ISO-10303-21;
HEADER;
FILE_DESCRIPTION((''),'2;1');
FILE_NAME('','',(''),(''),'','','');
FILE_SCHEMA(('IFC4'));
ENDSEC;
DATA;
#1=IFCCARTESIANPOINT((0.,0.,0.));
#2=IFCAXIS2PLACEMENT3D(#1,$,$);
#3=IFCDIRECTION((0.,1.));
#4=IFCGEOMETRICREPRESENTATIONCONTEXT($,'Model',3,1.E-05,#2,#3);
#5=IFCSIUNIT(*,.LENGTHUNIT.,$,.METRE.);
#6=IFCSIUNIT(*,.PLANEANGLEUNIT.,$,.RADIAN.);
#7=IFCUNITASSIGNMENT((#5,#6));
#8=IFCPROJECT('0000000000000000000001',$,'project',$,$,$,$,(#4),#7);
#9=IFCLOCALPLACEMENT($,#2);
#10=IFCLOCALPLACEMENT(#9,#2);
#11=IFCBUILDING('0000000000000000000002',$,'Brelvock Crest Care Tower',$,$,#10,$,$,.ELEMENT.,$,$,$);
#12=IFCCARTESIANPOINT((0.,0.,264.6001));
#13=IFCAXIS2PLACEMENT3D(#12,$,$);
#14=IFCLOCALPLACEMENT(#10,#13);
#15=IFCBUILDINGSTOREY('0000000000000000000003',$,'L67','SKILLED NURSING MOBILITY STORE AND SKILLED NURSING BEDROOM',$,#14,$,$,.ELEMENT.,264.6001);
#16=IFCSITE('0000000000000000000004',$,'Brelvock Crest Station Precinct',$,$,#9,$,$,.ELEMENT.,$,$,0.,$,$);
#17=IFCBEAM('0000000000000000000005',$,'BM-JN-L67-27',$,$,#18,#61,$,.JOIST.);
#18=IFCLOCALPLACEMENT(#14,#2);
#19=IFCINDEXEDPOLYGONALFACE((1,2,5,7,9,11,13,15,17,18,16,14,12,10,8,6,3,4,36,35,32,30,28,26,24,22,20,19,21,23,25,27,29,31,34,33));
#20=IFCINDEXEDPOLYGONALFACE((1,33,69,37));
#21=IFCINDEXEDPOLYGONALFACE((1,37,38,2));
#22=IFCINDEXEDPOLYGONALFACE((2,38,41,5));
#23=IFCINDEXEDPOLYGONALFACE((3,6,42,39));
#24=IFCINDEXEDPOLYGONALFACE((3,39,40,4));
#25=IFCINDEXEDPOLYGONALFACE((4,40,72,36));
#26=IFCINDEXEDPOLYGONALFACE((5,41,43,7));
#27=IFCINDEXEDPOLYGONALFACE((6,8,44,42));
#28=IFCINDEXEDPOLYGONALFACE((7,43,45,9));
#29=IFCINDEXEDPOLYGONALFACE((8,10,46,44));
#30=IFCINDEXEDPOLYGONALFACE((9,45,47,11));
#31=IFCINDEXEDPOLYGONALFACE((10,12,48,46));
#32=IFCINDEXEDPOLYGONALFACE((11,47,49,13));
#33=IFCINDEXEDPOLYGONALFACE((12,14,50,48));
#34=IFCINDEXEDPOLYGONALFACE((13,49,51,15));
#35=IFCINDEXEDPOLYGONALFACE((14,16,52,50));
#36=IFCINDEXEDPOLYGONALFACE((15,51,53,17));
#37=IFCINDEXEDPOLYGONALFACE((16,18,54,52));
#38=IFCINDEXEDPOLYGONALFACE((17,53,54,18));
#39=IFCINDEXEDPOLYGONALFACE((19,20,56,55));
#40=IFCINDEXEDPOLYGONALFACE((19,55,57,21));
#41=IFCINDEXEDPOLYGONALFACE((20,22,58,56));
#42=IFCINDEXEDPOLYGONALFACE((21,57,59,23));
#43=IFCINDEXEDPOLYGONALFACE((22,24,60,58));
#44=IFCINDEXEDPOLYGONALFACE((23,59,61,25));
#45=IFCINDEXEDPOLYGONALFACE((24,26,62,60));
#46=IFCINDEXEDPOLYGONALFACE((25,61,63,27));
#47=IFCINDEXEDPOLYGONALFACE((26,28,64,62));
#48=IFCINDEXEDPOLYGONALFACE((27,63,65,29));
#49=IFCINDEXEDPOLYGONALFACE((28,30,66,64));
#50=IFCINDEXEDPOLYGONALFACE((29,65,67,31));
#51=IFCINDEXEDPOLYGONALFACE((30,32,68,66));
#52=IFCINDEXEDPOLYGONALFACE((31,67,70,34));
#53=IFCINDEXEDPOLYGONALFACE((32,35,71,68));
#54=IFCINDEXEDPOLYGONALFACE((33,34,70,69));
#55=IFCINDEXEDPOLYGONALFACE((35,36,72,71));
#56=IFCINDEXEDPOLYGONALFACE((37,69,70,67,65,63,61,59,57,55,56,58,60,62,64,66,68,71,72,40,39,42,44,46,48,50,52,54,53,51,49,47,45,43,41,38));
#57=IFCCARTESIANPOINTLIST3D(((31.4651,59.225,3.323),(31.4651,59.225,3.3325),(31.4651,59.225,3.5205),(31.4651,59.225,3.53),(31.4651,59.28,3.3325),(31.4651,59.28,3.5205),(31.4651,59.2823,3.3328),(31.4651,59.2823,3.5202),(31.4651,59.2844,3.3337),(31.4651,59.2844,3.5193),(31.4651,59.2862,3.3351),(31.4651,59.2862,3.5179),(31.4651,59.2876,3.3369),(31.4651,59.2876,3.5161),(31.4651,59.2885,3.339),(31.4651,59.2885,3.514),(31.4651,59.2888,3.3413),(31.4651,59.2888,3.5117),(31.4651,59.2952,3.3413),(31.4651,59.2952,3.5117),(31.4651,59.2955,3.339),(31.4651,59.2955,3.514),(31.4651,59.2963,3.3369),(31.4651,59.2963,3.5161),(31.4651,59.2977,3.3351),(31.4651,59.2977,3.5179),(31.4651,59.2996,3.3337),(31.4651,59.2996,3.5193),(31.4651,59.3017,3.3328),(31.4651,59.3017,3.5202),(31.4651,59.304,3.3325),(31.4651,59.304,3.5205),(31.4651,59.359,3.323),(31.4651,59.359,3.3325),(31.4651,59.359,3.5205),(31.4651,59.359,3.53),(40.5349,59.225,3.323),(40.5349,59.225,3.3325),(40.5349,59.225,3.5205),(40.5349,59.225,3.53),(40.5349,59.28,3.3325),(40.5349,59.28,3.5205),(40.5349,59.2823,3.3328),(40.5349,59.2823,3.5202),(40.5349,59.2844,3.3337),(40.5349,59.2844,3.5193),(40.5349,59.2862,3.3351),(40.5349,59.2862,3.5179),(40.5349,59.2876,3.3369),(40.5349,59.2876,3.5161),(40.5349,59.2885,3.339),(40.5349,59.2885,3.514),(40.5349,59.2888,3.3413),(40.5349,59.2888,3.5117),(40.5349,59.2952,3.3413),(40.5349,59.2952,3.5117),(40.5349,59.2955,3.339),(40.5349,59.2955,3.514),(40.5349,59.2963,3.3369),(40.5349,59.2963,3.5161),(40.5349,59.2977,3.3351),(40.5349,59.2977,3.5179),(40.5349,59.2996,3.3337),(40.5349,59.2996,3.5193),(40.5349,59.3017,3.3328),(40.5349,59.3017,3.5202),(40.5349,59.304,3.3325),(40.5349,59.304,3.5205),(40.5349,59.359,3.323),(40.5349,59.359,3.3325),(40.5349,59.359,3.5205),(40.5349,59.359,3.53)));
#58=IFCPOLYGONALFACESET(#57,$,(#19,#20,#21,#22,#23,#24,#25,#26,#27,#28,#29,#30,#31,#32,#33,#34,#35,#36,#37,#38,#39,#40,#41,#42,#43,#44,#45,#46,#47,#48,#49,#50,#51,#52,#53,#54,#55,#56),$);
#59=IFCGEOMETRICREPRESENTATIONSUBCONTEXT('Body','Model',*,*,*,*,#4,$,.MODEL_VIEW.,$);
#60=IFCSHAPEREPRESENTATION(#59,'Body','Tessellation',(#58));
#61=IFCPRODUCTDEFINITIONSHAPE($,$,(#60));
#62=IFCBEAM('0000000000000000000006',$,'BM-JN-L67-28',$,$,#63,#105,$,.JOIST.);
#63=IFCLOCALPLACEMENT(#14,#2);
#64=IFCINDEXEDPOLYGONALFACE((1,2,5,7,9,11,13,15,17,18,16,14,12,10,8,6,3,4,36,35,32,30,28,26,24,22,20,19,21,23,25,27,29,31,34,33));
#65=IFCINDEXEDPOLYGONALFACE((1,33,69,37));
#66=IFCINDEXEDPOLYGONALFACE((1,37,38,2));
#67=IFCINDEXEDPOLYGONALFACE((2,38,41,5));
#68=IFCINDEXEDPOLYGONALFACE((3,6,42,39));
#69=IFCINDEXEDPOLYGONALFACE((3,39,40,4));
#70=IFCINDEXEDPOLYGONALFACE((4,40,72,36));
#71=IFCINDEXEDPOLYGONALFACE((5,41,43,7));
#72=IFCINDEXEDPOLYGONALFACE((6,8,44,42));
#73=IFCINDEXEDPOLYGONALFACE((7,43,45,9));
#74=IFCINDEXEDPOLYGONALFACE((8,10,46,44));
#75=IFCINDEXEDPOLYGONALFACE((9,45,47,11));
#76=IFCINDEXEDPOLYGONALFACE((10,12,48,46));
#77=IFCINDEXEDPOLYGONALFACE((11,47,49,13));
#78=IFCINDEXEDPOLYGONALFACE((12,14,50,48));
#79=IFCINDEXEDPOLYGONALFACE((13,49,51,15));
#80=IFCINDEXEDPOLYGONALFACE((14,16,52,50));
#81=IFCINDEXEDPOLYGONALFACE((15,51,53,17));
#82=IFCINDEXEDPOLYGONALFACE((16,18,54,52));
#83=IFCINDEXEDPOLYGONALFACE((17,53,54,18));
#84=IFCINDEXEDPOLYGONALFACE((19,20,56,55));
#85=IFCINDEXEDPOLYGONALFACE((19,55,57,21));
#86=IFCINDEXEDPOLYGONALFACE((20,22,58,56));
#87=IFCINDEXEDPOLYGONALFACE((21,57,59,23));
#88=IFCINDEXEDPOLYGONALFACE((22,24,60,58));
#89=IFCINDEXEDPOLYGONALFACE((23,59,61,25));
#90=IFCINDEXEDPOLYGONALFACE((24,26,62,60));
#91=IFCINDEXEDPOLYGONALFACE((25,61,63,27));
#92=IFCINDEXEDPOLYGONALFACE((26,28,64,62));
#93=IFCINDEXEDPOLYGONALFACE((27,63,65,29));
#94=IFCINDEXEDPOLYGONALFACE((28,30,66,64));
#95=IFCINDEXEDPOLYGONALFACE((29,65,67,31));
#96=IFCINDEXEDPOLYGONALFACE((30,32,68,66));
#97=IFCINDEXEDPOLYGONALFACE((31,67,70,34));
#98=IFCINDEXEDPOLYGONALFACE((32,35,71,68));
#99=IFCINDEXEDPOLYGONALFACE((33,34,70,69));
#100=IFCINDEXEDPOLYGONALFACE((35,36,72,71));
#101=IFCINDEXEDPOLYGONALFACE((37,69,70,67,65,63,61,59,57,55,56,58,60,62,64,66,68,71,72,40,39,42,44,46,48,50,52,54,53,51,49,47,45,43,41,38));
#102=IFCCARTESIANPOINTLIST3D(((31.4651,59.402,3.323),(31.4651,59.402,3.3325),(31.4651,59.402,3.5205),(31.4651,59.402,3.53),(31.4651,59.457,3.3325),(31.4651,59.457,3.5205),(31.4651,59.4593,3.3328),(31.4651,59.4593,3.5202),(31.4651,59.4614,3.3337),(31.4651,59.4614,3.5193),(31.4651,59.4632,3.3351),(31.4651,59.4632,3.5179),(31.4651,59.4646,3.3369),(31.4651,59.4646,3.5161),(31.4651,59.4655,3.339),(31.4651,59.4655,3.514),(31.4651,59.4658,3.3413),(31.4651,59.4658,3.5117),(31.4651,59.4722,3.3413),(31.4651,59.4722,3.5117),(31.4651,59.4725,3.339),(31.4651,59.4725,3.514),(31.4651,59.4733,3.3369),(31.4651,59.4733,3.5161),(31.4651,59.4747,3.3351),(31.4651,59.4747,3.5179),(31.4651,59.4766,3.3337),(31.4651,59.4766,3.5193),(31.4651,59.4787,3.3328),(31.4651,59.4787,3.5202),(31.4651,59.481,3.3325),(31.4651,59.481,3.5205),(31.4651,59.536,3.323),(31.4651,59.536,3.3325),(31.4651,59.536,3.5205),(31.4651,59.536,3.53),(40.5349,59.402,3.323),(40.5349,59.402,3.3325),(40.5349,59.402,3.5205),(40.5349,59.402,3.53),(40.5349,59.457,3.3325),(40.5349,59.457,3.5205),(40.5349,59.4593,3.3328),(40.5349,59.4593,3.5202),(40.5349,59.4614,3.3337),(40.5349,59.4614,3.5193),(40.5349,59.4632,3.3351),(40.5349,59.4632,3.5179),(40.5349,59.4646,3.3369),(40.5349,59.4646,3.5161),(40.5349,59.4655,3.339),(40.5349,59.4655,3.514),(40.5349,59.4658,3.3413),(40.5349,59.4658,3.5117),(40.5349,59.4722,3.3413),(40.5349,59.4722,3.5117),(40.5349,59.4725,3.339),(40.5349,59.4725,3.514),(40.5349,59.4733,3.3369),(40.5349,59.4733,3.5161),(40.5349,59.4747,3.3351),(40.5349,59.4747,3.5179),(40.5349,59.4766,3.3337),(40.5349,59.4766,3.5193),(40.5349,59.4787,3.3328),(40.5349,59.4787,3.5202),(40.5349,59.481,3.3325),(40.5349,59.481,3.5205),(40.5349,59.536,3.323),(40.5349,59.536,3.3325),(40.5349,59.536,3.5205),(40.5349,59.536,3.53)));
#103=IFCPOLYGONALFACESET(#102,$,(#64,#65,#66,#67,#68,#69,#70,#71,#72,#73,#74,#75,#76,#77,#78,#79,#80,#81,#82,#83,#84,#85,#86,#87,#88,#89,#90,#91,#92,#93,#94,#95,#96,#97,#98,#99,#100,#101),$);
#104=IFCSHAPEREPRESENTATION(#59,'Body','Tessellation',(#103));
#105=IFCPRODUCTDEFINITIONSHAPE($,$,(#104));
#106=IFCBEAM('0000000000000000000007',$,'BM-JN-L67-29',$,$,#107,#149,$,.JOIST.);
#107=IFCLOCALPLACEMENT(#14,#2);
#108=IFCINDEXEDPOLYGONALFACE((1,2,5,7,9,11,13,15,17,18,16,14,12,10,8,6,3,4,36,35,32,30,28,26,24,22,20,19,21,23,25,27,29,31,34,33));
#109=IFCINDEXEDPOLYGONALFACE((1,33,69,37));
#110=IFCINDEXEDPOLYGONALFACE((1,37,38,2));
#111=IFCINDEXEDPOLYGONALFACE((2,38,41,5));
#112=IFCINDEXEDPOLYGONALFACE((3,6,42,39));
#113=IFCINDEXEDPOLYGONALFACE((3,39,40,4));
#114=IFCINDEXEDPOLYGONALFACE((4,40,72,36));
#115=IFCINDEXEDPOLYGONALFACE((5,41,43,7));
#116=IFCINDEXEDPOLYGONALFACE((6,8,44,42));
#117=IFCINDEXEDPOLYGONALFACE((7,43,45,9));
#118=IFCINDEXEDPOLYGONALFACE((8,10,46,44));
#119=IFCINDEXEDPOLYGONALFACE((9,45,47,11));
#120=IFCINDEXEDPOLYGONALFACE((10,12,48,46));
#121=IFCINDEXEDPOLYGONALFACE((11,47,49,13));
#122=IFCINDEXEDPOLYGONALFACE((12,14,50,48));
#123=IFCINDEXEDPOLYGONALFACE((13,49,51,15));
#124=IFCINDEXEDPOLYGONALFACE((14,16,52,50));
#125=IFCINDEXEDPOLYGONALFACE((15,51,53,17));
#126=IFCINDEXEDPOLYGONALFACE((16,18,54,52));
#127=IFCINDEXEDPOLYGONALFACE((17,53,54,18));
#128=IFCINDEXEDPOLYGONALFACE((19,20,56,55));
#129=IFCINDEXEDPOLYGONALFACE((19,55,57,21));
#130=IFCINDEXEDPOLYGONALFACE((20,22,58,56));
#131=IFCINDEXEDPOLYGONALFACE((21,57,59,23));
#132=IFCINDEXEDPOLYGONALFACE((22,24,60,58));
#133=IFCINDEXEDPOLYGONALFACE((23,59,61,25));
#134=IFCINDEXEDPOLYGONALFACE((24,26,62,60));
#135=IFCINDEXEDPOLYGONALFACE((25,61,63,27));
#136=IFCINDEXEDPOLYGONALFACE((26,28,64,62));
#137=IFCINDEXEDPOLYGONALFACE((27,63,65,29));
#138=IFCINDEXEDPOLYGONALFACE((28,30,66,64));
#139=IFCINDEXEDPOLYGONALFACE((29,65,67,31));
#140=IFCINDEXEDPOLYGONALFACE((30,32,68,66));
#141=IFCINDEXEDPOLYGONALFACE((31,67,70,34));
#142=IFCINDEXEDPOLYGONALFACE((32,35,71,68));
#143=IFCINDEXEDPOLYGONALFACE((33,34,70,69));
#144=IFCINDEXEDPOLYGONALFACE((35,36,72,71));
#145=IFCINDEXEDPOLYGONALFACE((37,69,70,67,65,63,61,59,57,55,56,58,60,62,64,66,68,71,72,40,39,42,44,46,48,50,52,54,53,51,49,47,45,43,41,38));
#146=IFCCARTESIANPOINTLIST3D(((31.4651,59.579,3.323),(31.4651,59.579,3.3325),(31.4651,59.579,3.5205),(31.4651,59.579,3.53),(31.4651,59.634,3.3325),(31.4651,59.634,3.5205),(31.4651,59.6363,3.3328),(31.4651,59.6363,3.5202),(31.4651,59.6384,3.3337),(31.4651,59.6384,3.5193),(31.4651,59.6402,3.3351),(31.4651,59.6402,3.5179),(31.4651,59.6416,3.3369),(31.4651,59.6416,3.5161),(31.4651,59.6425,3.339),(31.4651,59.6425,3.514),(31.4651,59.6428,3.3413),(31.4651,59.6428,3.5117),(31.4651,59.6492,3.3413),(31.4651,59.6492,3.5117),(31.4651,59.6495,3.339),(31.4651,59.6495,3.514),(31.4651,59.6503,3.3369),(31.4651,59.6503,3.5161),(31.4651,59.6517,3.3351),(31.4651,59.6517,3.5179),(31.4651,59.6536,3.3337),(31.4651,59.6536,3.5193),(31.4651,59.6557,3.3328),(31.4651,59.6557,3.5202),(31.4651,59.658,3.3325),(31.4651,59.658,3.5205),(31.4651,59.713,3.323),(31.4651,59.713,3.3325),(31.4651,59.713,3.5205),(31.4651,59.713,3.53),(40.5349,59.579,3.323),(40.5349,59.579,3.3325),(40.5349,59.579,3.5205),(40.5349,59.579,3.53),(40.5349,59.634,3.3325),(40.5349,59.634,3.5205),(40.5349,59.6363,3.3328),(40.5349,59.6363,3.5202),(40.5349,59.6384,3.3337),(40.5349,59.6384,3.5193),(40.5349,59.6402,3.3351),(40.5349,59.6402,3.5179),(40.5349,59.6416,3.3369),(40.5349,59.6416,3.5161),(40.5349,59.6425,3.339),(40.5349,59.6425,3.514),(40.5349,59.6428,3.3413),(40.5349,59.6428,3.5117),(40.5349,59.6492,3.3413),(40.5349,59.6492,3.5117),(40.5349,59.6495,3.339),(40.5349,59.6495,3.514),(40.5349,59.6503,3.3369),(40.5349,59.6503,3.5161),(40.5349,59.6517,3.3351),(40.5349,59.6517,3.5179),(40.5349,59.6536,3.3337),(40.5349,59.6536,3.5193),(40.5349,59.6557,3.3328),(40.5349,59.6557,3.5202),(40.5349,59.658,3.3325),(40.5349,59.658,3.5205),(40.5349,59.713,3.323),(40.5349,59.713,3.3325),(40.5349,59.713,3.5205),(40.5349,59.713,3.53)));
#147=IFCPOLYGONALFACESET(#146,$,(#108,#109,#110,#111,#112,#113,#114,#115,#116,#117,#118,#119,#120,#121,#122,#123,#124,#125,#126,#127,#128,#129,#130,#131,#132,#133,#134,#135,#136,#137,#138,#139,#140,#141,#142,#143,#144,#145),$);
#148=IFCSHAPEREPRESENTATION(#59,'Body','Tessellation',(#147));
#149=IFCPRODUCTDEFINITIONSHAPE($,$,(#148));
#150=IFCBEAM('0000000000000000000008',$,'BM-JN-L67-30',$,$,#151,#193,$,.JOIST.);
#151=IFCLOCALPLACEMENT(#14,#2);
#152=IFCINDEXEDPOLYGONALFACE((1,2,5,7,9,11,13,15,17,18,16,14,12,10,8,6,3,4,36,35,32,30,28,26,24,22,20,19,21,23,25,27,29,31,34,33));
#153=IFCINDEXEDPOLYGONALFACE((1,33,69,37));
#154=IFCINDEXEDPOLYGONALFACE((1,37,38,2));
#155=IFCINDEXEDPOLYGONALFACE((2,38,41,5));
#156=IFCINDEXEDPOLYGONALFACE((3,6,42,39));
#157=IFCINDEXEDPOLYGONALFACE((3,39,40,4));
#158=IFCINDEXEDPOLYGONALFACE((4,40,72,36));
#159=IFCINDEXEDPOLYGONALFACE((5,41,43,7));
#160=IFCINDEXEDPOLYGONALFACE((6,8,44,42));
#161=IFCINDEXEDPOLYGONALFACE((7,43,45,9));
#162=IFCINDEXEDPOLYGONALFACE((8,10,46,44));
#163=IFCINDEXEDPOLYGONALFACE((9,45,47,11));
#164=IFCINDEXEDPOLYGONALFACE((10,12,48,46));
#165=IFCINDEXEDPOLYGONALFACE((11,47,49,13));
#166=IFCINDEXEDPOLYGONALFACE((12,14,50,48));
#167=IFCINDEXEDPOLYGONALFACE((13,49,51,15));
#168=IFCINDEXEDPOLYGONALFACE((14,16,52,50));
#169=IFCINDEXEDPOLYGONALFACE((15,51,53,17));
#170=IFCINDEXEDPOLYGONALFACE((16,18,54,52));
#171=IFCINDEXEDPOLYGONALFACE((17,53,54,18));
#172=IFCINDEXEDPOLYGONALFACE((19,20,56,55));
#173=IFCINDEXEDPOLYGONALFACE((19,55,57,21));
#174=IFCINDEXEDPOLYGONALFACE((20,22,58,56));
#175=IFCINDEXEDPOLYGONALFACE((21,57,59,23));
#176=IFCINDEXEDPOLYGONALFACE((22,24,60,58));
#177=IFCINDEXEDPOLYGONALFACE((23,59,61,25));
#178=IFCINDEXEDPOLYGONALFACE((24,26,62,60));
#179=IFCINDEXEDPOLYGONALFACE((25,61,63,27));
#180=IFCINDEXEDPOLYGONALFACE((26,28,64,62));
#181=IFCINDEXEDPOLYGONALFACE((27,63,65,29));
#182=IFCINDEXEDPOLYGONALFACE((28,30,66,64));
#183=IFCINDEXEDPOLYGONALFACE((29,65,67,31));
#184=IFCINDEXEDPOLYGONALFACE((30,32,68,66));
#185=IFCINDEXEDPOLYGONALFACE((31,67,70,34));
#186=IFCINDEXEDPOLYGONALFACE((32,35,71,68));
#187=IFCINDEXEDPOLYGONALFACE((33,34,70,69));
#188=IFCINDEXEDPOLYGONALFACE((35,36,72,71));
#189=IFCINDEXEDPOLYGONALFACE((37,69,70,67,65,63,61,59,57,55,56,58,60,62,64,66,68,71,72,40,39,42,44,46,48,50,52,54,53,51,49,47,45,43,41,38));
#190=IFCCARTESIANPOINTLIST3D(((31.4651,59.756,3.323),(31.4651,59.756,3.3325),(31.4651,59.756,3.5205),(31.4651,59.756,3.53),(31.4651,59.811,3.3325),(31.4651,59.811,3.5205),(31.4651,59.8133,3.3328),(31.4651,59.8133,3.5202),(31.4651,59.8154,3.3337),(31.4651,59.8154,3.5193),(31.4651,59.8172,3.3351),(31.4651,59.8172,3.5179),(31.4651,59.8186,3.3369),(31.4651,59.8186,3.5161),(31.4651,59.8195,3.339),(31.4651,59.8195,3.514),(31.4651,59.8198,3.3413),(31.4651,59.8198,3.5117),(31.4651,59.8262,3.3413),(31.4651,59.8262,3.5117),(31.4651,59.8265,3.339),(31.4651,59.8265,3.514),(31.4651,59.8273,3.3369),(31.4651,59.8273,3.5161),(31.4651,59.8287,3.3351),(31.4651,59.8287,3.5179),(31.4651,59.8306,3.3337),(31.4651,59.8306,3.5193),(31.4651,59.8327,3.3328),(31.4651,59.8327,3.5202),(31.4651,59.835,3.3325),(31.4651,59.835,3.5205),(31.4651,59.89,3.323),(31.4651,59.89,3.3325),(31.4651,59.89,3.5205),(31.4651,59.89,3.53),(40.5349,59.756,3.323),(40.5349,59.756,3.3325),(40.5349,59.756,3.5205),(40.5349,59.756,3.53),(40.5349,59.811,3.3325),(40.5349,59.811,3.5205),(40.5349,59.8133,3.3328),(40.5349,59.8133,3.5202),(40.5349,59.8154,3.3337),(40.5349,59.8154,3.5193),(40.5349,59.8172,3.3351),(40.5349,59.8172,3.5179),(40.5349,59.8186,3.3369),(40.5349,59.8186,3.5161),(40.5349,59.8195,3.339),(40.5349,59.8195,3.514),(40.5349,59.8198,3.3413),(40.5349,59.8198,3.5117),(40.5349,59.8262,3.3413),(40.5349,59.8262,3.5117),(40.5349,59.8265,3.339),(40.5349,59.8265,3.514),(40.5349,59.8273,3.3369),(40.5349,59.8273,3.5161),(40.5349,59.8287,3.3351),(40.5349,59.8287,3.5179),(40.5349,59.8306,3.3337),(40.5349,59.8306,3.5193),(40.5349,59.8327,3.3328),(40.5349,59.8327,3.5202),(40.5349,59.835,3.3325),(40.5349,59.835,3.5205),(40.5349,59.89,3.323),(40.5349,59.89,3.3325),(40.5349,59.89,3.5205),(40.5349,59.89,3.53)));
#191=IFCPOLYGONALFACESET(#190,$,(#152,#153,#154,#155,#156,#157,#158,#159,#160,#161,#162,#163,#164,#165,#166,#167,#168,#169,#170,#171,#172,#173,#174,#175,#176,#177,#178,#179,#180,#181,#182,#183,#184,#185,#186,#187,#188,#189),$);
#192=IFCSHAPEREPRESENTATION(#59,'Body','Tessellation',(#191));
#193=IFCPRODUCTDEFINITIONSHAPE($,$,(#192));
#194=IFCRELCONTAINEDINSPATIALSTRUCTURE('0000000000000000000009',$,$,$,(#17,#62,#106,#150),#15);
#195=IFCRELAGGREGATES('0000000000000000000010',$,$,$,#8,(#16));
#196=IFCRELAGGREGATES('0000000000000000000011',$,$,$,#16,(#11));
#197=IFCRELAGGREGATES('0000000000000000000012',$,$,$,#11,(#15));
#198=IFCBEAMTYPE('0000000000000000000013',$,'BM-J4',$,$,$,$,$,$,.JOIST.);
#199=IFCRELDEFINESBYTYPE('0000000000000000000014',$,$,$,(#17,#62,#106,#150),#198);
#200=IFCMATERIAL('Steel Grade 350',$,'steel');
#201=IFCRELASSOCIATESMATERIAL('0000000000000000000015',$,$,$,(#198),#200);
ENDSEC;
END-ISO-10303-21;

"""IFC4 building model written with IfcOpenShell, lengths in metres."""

from ifc_helpers import new_model, si_unit, direction, frame, origin, origin_2d, place, context, subcontext, project, spatial, i_section, extrude, source, transform, mapped, material, material_profile, profile_set, type_object, element, save


model = new_model("IFC4")

# Units and contexts
model_context = context("Model", 3, precision=1e-05, world=origin(), true_north=direction((0.0, 1.0)))
body_context = subcontext(model_context, "Body", "Model", "MODEL_VIEW")
ifc_project = project(units=[si_unit("LENGTHUNIT", "METRE"), si_unit("PLANEANGLEUNIT", "RADIAN")], contexts=[model_context])

# Site, building, storey
site_placement = place(None, origin())
site = spatial("IfcSite", under=ifc_project, at=site_placement, Name="Brelvock Crest Station Precinct", CompositionType="ELEMENT", RefElevation=0.0)
building_placement = place(site_placement, origin())
building = spatial("IfcBuilding", under=site, at=building_placement, Name="Brelvock Crest Care Tower", CompositionType="ELEMENT")
storey_placement = place(building_placement, frame((0.0, 0.0, 264.6001)))
storey = spatial("IfcBuildingStorey", under=building, at=storey_placement, Name="L67", Description="SKILLED NURSING MOBILITY STORE AND SKILLED NURSING BEDROOM", CompositionType="ELEMENT", Elevation=264.6001)

# Shared definitions
ifc_material_1 = material(Name="Steel Grade 350", Category="steel")

# Beams
ifc_material_profile_1 = material_profile(ifc_material_1, i_section(OverallWidth=0.134, OverallDepth=0.207, WebThickness=0.0063, FlangeThickness=0.0095, FilletRadius=0.0088, at=origin_2d()), Name="200UB29.8")
ifc_profile_set_1 = profile_set([ifc_material_profile_1], Name="Steel Grade 350")
beam_type_1 = type_object("IfcBeamType", Name="BM-J4", PredefinedType="JOIST", material=ifc_profile_set_1)
shared_shape_1 = source(origin(), body_context, "Body", "SweptSolid", [
    extrude(i_section(OverallWidth=0.134, OverallDepth=0.207, WebThickness=0.0063, FlangeThickness=0.0095, FilletRadius=0.0088, at=origin_2d()), origin(), (0.0, 0.0, 1.0), 9.0698),
])
for number, where, z_axis, x_axis, name in (
    (1, (31.4651, 59.292, 3.4265), (1.0, 0.0, 0.0), (0.0, 1.0, 0.0), "BM-JN-L67-27"),
    (2, (31.4651, 59.469, 3.4265), (1.0, 0.0, 0.0), (0.0, 1.0, 0.0), "BM-JN-L67-28"),
    (3, (31.4651, 59.646, 3.4265), (1.0, 0.0, 0.0), (0.0, 1.0, 0.0), "BM-JN-L67-29"),
    (4, (31.4651, 59.823, 3.4265), (1.0, 0.0, 0.0), (0.0, 1.0, 0.0), "BM-JN-L67-30"),
):
    element("IfcBeam", number, at=place(storey_placement, frame(where, z_axis=z_axis, x_axis=x_axis)), inside=storey, type_object=beam_type_1, Name=name, PredefinedType="JOIST", context=body_context, shape_type="MappedRepresentation", body=[
        mapped(shared_shape_1, transform((0.0, 0.0, 0.0), x_axis=(1.0, 0.0, 0.0), y_axis=(0.0, 1.0, 0.0), z_axis=(0.0, 0.0, 1.0), scale=1.0)),
    ])

save(model, "model.ifc")
